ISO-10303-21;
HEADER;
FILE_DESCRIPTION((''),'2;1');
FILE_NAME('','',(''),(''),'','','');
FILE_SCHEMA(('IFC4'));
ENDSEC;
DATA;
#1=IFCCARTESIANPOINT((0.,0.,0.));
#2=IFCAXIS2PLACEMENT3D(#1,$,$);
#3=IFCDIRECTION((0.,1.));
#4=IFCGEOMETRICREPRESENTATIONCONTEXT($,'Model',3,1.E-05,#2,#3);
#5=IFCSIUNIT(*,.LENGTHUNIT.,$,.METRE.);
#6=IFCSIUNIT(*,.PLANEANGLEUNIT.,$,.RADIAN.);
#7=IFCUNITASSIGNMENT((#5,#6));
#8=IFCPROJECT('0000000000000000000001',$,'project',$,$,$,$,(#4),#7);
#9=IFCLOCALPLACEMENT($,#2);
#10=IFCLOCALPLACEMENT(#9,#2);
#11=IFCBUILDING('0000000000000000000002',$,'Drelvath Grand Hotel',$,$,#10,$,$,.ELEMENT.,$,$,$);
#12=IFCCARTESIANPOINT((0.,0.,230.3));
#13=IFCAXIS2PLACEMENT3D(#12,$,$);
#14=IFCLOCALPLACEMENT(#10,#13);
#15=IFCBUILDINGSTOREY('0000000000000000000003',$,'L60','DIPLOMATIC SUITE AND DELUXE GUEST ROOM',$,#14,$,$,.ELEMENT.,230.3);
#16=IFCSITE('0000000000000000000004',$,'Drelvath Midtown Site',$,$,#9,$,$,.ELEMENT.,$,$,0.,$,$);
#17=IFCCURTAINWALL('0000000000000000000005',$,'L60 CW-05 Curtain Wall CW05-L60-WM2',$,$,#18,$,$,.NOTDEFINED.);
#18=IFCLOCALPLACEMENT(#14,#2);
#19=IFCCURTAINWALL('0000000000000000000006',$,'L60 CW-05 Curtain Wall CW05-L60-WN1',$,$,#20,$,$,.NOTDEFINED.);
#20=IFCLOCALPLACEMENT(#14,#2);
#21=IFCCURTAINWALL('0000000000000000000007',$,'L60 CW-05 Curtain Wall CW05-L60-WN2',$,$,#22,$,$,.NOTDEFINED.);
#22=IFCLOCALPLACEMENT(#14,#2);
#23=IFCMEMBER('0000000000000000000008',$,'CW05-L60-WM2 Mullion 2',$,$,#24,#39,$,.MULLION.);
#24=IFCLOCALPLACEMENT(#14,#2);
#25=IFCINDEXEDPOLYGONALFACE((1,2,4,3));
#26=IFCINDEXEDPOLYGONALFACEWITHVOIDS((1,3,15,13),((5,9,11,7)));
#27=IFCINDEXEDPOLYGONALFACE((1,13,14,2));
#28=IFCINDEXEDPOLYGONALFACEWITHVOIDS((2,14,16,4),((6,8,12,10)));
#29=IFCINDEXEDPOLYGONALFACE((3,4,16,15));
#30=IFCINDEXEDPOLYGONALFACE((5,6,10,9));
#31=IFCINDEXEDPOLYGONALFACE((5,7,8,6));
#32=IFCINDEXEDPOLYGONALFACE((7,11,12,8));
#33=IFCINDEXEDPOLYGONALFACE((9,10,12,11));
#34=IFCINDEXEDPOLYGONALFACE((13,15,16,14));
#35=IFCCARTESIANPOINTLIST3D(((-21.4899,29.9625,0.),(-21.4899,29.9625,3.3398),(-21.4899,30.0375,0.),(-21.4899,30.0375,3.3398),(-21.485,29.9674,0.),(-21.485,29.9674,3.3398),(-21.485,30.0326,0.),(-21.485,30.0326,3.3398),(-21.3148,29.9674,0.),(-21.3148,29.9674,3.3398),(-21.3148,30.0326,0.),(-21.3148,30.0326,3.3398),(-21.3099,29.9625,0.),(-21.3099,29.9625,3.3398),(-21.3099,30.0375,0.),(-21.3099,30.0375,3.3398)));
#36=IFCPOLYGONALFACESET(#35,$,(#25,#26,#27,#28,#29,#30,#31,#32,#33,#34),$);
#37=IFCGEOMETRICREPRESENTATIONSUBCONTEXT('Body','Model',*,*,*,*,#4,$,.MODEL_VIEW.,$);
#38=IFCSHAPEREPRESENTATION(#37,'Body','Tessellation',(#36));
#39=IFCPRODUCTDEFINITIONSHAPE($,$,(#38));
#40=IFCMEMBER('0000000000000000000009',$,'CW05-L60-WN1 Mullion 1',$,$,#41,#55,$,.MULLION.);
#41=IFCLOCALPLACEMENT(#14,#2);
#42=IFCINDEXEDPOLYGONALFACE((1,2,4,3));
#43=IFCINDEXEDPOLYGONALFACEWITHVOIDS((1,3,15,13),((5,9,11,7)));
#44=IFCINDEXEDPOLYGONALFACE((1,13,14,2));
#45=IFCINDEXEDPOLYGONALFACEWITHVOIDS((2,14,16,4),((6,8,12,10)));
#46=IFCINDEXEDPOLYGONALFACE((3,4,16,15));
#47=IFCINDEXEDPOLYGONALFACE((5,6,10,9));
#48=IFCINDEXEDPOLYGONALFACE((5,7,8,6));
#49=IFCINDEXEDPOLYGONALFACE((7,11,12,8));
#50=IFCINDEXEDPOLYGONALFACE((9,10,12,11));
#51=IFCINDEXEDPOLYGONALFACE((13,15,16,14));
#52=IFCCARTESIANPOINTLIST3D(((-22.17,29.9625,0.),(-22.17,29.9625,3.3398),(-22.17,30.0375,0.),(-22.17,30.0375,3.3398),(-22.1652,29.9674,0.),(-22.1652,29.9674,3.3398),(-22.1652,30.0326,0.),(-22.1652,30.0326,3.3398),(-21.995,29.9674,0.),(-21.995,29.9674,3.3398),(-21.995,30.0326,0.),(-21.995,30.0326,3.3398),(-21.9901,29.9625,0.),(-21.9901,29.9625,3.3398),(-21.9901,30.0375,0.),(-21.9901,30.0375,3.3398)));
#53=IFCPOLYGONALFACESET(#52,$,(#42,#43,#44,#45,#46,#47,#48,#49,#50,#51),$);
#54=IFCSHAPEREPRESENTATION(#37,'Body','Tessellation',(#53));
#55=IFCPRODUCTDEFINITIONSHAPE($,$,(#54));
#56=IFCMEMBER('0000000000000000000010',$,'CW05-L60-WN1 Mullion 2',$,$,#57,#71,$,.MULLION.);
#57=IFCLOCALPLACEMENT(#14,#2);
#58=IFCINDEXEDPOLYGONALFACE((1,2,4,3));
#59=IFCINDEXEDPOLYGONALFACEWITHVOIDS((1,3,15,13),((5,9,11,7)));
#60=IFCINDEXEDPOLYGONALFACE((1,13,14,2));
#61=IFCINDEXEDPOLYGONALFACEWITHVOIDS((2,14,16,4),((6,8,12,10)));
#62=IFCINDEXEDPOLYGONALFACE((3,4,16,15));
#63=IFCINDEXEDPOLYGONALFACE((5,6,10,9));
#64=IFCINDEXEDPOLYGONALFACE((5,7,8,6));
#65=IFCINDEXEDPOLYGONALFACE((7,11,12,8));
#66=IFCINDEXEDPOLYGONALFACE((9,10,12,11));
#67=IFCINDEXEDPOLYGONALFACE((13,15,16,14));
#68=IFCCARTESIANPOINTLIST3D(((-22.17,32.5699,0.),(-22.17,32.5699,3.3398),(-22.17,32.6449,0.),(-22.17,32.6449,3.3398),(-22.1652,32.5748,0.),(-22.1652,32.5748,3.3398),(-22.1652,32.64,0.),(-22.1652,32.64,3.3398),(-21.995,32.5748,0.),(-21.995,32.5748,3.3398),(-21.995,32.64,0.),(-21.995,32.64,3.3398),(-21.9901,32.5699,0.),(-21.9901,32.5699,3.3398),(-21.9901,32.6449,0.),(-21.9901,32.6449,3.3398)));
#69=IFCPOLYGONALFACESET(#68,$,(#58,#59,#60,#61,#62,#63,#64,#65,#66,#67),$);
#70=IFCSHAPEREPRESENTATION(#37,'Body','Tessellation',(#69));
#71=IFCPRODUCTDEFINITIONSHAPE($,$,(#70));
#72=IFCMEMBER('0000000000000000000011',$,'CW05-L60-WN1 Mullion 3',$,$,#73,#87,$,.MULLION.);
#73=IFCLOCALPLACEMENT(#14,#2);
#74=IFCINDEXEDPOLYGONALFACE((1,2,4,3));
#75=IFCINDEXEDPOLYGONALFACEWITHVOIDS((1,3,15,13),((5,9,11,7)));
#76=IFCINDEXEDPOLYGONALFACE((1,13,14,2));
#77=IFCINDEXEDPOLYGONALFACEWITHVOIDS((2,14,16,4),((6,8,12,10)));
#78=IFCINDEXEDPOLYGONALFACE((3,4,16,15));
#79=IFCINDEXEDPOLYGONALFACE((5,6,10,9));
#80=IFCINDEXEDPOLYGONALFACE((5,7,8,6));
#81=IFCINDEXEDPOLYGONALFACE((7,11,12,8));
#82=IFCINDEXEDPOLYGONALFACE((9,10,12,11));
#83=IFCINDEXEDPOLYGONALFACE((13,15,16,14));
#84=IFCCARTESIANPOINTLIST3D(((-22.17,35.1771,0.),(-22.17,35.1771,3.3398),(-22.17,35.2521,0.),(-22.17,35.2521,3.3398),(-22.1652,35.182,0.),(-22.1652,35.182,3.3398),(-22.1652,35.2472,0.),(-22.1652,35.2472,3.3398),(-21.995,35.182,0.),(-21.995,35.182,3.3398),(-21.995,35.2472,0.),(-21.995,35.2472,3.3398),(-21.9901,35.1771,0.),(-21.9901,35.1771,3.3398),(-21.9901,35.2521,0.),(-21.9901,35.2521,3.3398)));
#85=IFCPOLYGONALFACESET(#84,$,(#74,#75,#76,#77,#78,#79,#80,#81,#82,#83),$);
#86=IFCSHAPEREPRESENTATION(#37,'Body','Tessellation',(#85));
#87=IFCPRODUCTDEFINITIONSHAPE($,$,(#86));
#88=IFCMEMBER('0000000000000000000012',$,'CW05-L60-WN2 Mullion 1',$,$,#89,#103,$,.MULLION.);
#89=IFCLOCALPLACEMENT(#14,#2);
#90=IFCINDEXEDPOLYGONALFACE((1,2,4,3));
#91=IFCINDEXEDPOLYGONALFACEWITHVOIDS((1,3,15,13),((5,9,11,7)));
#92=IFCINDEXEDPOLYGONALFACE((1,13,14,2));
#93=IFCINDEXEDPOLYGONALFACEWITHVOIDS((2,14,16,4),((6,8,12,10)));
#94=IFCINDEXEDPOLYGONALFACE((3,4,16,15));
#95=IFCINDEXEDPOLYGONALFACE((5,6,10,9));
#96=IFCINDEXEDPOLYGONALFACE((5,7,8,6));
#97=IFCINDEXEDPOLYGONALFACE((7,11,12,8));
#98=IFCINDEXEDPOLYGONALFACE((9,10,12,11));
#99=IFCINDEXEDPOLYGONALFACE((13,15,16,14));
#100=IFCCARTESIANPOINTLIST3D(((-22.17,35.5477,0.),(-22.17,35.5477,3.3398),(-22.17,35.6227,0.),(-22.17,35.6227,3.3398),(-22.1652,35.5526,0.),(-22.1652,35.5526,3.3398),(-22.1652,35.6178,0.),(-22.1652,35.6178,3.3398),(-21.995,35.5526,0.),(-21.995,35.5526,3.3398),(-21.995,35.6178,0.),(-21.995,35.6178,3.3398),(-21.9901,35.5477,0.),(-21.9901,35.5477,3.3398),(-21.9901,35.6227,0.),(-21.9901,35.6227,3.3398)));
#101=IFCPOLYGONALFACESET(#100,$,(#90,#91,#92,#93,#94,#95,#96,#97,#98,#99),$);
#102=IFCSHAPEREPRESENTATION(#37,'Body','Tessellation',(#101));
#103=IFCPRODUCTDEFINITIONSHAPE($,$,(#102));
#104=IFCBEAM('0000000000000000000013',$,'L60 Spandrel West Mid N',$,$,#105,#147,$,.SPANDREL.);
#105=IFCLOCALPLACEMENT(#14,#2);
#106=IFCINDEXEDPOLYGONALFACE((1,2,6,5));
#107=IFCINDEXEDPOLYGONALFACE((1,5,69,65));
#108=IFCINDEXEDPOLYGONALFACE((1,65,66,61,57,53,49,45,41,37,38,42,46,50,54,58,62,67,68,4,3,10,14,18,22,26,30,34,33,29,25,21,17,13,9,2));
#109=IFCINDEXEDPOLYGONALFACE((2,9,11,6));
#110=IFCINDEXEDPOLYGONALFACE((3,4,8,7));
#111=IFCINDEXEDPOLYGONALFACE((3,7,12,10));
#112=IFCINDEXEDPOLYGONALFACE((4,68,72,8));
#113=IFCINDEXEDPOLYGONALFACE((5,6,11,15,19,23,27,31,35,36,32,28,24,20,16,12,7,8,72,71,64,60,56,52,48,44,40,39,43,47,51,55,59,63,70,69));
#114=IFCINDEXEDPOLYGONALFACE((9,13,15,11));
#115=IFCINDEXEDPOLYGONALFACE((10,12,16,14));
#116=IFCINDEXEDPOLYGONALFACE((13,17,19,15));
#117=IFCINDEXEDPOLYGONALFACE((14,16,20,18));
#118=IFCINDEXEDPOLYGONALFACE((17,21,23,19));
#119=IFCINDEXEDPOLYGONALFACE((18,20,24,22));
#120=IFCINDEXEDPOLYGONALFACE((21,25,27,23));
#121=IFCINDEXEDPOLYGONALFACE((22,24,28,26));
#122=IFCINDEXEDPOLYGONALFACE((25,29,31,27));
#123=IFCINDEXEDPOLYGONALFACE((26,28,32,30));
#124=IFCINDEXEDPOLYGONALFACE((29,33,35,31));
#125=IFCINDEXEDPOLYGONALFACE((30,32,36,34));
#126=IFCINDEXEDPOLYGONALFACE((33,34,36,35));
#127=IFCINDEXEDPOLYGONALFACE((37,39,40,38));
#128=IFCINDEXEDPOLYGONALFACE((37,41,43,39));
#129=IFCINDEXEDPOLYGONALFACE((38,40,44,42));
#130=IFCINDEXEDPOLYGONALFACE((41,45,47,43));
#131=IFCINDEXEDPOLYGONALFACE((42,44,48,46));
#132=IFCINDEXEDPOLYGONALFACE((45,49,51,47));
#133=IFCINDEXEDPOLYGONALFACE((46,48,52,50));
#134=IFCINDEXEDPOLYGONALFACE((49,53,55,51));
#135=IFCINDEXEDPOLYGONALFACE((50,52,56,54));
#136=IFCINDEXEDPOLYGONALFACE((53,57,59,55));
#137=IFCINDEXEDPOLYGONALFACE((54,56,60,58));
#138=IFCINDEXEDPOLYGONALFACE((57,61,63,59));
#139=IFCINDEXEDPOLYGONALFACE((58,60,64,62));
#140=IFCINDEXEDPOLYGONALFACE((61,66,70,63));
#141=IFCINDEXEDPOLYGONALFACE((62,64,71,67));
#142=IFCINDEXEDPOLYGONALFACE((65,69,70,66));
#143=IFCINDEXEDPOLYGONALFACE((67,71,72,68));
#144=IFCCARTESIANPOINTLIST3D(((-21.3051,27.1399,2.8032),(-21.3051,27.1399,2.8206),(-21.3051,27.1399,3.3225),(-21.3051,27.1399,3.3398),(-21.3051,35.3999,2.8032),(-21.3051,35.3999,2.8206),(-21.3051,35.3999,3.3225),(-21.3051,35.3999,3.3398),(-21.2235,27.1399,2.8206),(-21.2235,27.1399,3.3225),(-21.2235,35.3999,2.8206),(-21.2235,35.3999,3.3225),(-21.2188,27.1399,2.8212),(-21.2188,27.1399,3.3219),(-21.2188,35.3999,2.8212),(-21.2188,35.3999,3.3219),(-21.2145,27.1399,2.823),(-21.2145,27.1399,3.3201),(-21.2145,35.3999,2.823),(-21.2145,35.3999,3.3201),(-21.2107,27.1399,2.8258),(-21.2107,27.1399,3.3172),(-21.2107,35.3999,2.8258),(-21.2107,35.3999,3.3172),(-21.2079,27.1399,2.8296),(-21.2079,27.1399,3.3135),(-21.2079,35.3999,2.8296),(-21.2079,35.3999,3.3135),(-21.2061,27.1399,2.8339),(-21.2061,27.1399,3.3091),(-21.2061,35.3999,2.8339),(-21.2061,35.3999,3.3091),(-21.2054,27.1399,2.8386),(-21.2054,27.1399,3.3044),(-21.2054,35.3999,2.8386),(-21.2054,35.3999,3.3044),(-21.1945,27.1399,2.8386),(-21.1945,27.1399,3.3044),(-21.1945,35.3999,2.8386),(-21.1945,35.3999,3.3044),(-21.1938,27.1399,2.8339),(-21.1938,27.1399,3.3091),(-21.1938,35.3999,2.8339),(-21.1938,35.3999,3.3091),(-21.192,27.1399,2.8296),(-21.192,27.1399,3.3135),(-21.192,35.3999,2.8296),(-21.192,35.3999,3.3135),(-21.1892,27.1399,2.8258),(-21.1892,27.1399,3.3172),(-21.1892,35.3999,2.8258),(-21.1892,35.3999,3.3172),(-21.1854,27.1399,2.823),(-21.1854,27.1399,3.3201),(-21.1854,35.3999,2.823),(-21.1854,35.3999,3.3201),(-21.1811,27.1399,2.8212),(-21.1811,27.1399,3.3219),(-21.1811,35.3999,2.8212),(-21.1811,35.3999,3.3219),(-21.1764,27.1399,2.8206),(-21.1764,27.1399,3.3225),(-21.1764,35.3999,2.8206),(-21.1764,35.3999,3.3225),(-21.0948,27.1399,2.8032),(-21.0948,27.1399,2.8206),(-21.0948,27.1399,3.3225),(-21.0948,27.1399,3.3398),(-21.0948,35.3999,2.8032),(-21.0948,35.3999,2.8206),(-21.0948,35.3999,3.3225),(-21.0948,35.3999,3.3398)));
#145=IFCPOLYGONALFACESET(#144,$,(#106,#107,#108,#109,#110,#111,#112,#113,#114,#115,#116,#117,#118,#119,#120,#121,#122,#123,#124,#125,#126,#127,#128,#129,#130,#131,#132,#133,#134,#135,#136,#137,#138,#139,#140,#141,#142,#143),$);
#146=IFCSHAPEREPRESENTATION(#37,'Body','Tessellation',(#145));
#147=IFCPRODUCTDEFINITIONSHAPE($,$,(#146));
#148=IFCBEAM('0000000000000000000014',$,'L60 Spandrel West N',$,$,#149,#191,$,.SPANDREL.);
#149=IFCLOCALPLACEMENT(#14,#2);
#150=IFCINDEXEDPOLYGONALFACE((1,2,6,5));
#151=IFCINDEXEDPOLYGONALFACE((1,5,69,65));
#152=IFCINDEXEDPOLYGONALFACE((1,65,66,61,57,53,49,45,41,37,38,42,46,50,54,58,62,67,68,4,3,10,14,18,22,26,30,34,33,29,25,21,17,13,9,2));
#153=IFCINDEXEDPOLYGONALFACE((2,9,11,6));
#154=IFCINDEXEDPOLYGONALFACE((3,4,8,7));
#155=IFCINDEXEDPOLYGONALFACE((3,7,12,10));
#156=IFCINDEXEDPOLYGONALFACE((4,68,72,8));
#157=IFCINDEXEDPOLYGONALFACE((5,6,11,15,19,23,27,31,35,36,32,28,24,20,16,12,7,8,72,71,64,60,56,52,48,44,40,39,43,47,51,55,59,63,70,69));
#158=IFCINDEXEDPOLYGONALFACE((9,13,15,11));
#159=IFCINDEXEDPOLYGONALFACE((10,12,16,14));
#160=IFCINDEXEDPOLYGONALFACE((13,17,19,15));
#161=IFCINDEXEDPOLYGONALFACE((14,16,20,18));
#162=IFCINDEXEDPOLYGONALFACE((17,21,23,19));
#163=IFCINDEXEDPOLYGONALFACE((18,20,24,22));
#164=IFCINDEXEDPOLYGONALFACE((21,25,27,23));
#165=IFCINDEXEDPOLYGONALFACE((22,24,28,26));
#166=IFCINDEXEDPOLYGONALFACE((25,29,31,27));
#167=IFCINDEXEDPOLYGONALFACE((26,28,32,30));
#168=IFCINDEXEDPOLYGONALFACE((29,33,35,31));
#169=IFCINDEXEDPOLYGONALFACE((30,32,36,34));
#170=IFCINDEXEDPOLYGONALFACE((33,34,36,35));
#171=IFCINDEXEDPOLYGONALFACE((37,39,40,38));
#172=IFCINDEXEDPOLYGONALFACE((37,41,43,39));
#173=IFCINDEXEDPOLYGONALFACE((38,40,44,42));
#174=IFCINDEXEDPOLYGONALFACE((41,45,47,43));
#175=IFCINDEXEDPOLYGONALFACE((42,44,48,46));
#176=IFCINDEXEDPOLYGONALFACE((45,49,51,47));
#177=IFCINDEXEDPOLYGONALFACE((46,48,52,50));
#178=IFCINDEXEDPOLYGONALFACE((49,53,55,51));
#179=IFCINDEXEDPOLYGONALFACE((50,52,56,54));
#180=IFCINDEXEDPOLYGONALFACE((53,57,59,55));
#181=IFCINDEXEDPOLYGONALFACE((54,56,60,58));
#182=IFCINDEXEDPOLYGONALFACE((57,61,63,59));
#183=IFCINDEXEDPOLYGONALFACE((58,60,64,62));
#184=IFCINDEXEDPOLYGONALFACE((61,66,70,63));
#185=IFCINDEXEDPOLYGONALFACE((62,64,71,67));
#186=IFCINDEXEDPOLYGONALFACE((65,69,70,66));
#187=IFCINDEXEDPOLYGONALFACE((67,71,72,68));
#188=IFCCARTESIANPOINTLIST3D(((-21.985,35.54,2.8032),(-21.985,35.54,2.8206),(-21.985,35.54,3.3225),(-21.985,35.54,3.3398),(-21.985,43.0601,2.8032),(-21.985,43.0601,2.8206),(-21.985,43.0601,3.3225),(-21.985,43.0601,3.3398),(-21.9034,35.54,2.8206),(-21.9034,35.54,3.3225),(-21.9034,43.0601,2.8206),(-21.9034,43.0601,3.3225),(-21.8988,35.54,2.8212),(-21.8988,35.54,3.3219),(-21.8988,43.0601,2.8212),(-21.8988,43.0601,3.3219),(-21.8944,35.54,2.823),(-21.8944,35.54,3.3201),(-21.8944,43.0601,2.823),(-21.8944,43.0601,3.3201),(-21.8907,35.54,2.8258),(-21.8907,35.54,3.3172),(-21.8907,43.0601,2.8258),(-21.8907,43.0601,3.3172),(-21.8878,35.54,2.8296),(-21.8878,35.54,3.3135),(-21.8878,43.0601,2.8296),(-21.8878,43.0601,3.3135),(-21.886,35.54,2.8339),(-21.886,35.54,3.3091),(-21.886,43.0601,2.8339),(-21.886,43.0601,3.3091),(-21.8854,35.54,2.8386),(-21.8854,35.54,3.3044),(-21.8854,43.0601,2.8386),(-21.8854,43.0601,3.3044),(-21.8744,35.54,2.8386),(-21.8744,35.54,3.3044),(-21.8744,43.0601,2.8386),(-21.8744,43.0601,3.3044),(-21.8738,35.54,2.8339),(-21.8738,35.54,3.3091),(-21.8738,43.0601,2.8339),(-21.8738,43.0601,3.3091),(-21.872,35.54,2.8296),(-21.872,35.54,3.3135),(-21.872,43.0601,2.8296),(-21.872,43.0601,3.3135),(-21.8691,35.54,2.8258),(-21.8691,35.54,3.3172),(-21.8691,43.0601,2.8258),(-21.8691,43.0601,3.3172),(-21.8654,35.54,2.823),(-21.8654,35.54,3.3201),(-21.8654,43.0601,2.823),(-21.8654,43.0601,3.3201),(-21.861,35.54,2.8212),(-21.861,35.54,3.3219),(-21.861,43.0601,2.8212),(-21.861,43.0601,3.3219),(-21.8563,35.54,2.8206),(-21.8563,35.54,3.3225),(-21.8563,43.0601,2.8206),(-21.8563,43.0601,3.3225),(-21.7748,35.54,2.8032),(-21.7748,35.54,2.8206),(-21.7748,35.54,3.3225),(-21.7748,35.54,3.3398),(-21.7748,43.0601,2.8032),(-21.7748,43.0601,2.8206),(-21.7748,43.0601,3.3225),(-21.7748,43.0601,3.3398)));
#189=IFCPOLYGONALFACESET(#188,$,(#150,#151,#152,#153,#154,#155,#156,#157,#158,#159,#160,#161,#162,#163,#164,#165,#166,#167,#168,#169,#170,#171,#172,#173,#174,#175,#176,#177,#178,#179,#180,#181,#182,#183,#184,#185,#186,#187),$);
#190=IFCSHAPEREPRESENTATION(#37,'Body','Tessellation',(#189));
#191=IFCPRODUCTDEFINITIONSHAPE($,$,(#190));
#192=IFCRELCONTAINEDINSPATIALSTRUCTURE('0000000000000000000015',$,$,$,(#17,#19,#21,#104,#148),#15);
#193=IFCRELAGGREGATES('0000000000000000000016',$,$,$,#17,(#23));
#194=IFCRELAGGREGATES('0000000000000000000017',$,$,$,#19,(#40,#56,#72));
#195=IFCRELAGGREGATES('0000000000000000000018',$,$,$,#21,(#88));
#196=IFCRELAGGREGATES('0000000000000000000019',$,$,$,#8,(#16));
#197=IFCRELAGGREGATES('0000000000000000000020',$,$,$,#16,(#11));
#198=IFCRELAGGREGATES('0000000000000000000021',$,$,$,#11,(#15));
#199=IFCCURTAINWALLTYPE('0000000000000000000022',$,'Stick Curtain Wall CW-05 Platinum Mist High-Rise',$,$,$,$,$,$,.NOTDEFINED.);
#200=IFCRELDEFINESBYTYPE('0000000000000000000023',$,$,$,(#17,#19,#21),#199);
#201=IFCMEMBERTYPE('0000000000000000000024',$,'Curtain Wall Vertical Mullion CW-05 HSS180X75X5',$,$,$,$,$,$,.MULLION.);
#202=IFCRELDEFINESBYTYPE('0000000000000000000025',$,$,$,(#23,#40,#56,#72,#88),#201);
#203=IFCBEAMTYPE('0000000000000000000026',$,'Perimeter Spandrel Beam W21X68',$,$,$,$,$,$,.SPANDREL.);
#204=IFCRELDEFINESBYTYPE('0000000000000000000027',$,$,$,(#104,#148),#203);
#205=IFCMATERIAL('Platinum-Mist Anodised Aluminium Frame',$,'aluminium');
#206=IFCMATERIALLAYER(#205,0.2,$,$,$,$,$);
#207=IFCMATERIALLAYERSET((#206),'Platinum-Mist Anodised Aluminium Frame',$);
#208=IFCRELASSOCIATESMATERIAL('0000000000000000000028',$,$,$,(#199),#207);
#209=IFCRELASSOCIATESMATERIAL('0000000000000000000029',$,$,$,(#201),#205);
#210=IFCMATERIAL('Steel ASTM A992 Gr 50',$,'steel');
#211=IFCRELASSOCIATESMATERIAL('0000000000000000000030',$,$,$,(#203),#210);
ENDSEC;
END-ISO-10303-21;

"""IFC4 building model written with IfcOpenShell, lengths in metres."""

from ifc_helpers import new_model, si_unit, direction, frame, origin, origin_2d, place, context, subcontext, project, spatial, hollow_rectangle, i_section, extrude, material, layer, layer_set, material_profile, profile_set, type_object, element, aggregate, save


model = new_model("IFC4")

# Units and contexts
model_context = context("Model", 3, precision=1e-05, world=origin(), true_north=direction((0.0, 1.0)))
body_context = subcontext(model_context, "Body", "Model", "MODEL_VIEW")
ifc_project = project(units=[si_unit("LENGTHUNIT", "METRE"), si_unit("PLANEANGLEUNIT", "RADIAN")], contexts=[model_context])

# Site, building, storey
site_placement = place(None, origin())
site = spatial("IfcSite", under=ifc_project, at=site_placement, Name="Drelvath Midtown Site", CompositionType="ELEMENT", RefElevation=0.0)
building_placement = place(site_placement, origin())
building = spatial("IfcBuilding", under=site, at=building_placement, Name="Drelvath Grand Hotel", CompositionType="ELEMENT")
storey_placement = place(building_placement, frame((0.0, 0.0, 230.3)))
storey = spatial("IfcBuildingStorey", under=building, at=storey_placement, Name="L60", Description="DIPLOMATIC SUITE AND DELUXE GUEST ROOM", CompositionType="ELEMENT", Elevation=230.3)

# Curtain walls
ifc_material_1 = material(Name="Platinum-Mist Anodised Aluminium Frame", Category="aluminium")
ifc_layer_1 = layer(ifc_material_1, 0.2)
ifc_layer_set_1 = layer_set([ifc_layer_1], Name="Platinum-Mist Anodised Aluminium Frame")
curtain_wall_type = type_object("IfcCurtainWallType", Name="Stick Curtain Wall CW-05 Platinum Mist High-Rise", PredefinedType="NOTDEFINED", material=ifc_layer_set_1)
curtain_wall_1_placement = place(storey_placement, origin())
curtain_wall_1 = element("IfcCurtainWall", 1, at=curtain_wall_1_placement, inside=storey, type_object=curtain_wall_type, Name="L60 CW-05 Curtain Wall CW05-L60-WM2", PredefinedType="NOTDEFINED")
curtain_wall_2_placement = place(storey_placement, origin())
curtain_wall_2 = element("IfcCurtainWall", 2, at=curtain_wall_2_placement, inside=storey, type_object=curtain_wall_type, Name="L60 CW-05 Curtain Wall CW05-L60-WN1", PredefinedType="NOTDEFINED")
curtain_wall_3_placement = place(storey_placement, origin())
curtain_wall_3 = element("IfcCurtainWall", 3, at=curtain_wall_3_placement, inside=storey, type_object=curtain_wall_type, Name="L60 CW-05 Curtain Wall CW05-L60-WN2", PredefinedType="NOTDEFINED")
ifc_material_profile_1 = material_profile(ifc_material_1, hollow_rectangle(XDim=0.075, YDim=0.1799, WallThickness=0.0049, at=origin_2d()), Name="HSS180X75X5")
ifc_profile_set_1 = profile_set([ifc_material_profile_1], Name="Platinum-Mist Anodised Aluminium Frame")
member_type_1 = type_object("IfcMemberType", Name="Curtain Wall Vertical Mullion CW-05 HSS180X75X5", PredefinedType="MULLION", material=ifc_profile_set_1)

# Members
member_1_placement = place(storey_placement, frame((-21.3999, 30.0, 0.0), z_axis=(0.0, 0.0, 1.0), x_axis=(0.0, 1.0, 0.0)))
member_1 = element("IfcMember", 4, at=member_1_placement, type_object=member_type_1, Name="CW05-L60-WM2 Mullion 2", PredefinedType="MULLION", context=body_context, shape_type="SweptSolid", body=[
    extrude(hollow_rectangle(XDim=0.075, YDim=0.1799, WallThickness=0.0049, at=origin_2d()), origin(), (0.0, 0.0, 1.0), 3.3398),
])
member_2_placement = place(storey_placement, frame((-22.0801, 30.0, 0.0), z_axis=(0.0, 0.0, 1.0), x_axis=(0.0, 1.0, 0.0)))
member_2 = element("IfcMember", 5, at=member_2_placement, type_object=member_type_1, Name="CW05-L60-WN1 Mullion 1", PredefinedType="MULLION", context=body_context, shape_type="SweptSolid", body=[
    extrude(hollow_rectangle(XDim=0.075, YDim=0.1799, WallThickness=0.0049, at=origin_2d()), origin(), (0.0, 0.0, 1.0), 3.3398),
])
member_3_placement = place(storey_placement, frame((-22.0801, 32.6074, 0.0), z_axis=(0.0, 0.0, 1.0), x_axis=(0.0, 1.0, 0.0)))
member_3 = element("IfcMember", 6, at=member_3_placement, type_object=member_type_1, Name="CW05-L60-WN1 Mullion 2", PredefinedType="MULLION", context=body_context, shape_type="SweptSolid", body=[
    extrude(hollow_rectangle(XDim=0.075, YDim=0.1799, WallThickness=0.0049, at=origin_2d()), origin(), (0.0, 0.0, 1.0), 3.3398),
])
member_4_placement = place(storey_placement, frame((-22.0801, 35.2146, 0.0), z_axis=(0.0, 0.0, 1.0), x_axis=(0.0, 1.0, 0.0)))
member_4 = element("IfcMember", 7, at=member_4_placement, type_object=member_type_1, Name="CW05-L60-WN1 Mullion 3", PredefinedType="MULLION", context=body_context, shape_type="SweptSolid", body=[
    extrude(hollow_rectangle(XDim=0.075, YDim=0.1799, WallThickness=0.0049, at=origin_2d()), origin(), (0.0, 0.0, 1.0), 3.3398),
])
member_5_placement = place(storey_placement, frame((-22.0801, 35.5852, 0.0), z_axis=(0.0, 0.0, 1.0), x_axis=(0.0, 1.0, 0.0)))
member_5 = element("IfcMember", 8, at=member_5_placement, type_object=member_type_1, Name="CW05-L60-WN2 Mullion 1", PredefinedType="MULLION", context=body_context, shape_type="SweptSolid", body=[
    extrude(hollow_rectangle(XDim=0.075, YDim=0.1799, WallThickness=0.0049, at=origin_2d()), origin(), (0.0, 0.0, 1.0), 3.3398),
])

# Beams
ifc_material_2 = material(Name="Steel ASTM A992 Gr 50", Category="steel")
ifc_material_profile_2 = material_profile(ifc_material_2, i_section(OverallWidth=0.2102, OverallDepth=0.5366, WebThickness=0.011, FlangeThickness=0.0173, FilletRadius=0.0181, at=origin_2d()), Name="W21X68")
ifc_profile_set_2 = profile_set([ifc_material_profile_2], Name="Steel ASTM A992 Gr 50")
beam_type_1 = type_object("IfcBeamType", Name="Perimeter Spandrel Beam W21X68", PredefinedType="SPANDREL", material=ifc_profile_set_2)
beam_1_placement = place(storey_placement, frame((-21.2, 27.1399, 3.0715), z_axis=(0.0, 1.0, 0.0), x_axis=(-1.0, 0.0, 0.0)))
element("IfcBeam", 9, at=beam_1_placement, inside=storey, type_object=beam_type_1, Name="L60 Spandrel West Mid N", PredefinedType="SPANDREL", context=body_context, shape_type="SweptSolid", body=[
    extrude(i_section(OverallWidth=0.2102, OverallDepth=0.5366, WebThickness=0.011, FlangeThickness=0.0173, FilletRadius=0.0181, at=origin_2d()), origin(), (0.0, 0.0, 1.0), 8.26),
])
beam_2_placement = place(storey_placement, frame((-21.8799, 35.54, 3.0715), z_axis=(0.0, 1.0, 0.0), x_axis=(-1.0, 0.0, 0.0)))
element("IfcBeam", 10, at=beam_2_placement, inside=storey, type_object=beam_type_1, Name="L60 Spandrel West N", PredefinedType="SPANDREL", context=body_context, shape_type="SweptSolid", body=[
    extrude(i_section(OverallWidth=0.2102, OverallDepth=0.5366, WebThickness=0.011, FlangeThickness=0.0173, FilletRadius=0.0181, at=origin_2d()), origin(), (0.0, 0.0, 1.0), 7.52),
])

aggregate(curtain_wall_1, [member_1])
aggregate(curtain_wall_2, [member_2, member_3, member_4])
aggregate(curtain_wall_3, [member_5])

save(model, "model.ifc")
